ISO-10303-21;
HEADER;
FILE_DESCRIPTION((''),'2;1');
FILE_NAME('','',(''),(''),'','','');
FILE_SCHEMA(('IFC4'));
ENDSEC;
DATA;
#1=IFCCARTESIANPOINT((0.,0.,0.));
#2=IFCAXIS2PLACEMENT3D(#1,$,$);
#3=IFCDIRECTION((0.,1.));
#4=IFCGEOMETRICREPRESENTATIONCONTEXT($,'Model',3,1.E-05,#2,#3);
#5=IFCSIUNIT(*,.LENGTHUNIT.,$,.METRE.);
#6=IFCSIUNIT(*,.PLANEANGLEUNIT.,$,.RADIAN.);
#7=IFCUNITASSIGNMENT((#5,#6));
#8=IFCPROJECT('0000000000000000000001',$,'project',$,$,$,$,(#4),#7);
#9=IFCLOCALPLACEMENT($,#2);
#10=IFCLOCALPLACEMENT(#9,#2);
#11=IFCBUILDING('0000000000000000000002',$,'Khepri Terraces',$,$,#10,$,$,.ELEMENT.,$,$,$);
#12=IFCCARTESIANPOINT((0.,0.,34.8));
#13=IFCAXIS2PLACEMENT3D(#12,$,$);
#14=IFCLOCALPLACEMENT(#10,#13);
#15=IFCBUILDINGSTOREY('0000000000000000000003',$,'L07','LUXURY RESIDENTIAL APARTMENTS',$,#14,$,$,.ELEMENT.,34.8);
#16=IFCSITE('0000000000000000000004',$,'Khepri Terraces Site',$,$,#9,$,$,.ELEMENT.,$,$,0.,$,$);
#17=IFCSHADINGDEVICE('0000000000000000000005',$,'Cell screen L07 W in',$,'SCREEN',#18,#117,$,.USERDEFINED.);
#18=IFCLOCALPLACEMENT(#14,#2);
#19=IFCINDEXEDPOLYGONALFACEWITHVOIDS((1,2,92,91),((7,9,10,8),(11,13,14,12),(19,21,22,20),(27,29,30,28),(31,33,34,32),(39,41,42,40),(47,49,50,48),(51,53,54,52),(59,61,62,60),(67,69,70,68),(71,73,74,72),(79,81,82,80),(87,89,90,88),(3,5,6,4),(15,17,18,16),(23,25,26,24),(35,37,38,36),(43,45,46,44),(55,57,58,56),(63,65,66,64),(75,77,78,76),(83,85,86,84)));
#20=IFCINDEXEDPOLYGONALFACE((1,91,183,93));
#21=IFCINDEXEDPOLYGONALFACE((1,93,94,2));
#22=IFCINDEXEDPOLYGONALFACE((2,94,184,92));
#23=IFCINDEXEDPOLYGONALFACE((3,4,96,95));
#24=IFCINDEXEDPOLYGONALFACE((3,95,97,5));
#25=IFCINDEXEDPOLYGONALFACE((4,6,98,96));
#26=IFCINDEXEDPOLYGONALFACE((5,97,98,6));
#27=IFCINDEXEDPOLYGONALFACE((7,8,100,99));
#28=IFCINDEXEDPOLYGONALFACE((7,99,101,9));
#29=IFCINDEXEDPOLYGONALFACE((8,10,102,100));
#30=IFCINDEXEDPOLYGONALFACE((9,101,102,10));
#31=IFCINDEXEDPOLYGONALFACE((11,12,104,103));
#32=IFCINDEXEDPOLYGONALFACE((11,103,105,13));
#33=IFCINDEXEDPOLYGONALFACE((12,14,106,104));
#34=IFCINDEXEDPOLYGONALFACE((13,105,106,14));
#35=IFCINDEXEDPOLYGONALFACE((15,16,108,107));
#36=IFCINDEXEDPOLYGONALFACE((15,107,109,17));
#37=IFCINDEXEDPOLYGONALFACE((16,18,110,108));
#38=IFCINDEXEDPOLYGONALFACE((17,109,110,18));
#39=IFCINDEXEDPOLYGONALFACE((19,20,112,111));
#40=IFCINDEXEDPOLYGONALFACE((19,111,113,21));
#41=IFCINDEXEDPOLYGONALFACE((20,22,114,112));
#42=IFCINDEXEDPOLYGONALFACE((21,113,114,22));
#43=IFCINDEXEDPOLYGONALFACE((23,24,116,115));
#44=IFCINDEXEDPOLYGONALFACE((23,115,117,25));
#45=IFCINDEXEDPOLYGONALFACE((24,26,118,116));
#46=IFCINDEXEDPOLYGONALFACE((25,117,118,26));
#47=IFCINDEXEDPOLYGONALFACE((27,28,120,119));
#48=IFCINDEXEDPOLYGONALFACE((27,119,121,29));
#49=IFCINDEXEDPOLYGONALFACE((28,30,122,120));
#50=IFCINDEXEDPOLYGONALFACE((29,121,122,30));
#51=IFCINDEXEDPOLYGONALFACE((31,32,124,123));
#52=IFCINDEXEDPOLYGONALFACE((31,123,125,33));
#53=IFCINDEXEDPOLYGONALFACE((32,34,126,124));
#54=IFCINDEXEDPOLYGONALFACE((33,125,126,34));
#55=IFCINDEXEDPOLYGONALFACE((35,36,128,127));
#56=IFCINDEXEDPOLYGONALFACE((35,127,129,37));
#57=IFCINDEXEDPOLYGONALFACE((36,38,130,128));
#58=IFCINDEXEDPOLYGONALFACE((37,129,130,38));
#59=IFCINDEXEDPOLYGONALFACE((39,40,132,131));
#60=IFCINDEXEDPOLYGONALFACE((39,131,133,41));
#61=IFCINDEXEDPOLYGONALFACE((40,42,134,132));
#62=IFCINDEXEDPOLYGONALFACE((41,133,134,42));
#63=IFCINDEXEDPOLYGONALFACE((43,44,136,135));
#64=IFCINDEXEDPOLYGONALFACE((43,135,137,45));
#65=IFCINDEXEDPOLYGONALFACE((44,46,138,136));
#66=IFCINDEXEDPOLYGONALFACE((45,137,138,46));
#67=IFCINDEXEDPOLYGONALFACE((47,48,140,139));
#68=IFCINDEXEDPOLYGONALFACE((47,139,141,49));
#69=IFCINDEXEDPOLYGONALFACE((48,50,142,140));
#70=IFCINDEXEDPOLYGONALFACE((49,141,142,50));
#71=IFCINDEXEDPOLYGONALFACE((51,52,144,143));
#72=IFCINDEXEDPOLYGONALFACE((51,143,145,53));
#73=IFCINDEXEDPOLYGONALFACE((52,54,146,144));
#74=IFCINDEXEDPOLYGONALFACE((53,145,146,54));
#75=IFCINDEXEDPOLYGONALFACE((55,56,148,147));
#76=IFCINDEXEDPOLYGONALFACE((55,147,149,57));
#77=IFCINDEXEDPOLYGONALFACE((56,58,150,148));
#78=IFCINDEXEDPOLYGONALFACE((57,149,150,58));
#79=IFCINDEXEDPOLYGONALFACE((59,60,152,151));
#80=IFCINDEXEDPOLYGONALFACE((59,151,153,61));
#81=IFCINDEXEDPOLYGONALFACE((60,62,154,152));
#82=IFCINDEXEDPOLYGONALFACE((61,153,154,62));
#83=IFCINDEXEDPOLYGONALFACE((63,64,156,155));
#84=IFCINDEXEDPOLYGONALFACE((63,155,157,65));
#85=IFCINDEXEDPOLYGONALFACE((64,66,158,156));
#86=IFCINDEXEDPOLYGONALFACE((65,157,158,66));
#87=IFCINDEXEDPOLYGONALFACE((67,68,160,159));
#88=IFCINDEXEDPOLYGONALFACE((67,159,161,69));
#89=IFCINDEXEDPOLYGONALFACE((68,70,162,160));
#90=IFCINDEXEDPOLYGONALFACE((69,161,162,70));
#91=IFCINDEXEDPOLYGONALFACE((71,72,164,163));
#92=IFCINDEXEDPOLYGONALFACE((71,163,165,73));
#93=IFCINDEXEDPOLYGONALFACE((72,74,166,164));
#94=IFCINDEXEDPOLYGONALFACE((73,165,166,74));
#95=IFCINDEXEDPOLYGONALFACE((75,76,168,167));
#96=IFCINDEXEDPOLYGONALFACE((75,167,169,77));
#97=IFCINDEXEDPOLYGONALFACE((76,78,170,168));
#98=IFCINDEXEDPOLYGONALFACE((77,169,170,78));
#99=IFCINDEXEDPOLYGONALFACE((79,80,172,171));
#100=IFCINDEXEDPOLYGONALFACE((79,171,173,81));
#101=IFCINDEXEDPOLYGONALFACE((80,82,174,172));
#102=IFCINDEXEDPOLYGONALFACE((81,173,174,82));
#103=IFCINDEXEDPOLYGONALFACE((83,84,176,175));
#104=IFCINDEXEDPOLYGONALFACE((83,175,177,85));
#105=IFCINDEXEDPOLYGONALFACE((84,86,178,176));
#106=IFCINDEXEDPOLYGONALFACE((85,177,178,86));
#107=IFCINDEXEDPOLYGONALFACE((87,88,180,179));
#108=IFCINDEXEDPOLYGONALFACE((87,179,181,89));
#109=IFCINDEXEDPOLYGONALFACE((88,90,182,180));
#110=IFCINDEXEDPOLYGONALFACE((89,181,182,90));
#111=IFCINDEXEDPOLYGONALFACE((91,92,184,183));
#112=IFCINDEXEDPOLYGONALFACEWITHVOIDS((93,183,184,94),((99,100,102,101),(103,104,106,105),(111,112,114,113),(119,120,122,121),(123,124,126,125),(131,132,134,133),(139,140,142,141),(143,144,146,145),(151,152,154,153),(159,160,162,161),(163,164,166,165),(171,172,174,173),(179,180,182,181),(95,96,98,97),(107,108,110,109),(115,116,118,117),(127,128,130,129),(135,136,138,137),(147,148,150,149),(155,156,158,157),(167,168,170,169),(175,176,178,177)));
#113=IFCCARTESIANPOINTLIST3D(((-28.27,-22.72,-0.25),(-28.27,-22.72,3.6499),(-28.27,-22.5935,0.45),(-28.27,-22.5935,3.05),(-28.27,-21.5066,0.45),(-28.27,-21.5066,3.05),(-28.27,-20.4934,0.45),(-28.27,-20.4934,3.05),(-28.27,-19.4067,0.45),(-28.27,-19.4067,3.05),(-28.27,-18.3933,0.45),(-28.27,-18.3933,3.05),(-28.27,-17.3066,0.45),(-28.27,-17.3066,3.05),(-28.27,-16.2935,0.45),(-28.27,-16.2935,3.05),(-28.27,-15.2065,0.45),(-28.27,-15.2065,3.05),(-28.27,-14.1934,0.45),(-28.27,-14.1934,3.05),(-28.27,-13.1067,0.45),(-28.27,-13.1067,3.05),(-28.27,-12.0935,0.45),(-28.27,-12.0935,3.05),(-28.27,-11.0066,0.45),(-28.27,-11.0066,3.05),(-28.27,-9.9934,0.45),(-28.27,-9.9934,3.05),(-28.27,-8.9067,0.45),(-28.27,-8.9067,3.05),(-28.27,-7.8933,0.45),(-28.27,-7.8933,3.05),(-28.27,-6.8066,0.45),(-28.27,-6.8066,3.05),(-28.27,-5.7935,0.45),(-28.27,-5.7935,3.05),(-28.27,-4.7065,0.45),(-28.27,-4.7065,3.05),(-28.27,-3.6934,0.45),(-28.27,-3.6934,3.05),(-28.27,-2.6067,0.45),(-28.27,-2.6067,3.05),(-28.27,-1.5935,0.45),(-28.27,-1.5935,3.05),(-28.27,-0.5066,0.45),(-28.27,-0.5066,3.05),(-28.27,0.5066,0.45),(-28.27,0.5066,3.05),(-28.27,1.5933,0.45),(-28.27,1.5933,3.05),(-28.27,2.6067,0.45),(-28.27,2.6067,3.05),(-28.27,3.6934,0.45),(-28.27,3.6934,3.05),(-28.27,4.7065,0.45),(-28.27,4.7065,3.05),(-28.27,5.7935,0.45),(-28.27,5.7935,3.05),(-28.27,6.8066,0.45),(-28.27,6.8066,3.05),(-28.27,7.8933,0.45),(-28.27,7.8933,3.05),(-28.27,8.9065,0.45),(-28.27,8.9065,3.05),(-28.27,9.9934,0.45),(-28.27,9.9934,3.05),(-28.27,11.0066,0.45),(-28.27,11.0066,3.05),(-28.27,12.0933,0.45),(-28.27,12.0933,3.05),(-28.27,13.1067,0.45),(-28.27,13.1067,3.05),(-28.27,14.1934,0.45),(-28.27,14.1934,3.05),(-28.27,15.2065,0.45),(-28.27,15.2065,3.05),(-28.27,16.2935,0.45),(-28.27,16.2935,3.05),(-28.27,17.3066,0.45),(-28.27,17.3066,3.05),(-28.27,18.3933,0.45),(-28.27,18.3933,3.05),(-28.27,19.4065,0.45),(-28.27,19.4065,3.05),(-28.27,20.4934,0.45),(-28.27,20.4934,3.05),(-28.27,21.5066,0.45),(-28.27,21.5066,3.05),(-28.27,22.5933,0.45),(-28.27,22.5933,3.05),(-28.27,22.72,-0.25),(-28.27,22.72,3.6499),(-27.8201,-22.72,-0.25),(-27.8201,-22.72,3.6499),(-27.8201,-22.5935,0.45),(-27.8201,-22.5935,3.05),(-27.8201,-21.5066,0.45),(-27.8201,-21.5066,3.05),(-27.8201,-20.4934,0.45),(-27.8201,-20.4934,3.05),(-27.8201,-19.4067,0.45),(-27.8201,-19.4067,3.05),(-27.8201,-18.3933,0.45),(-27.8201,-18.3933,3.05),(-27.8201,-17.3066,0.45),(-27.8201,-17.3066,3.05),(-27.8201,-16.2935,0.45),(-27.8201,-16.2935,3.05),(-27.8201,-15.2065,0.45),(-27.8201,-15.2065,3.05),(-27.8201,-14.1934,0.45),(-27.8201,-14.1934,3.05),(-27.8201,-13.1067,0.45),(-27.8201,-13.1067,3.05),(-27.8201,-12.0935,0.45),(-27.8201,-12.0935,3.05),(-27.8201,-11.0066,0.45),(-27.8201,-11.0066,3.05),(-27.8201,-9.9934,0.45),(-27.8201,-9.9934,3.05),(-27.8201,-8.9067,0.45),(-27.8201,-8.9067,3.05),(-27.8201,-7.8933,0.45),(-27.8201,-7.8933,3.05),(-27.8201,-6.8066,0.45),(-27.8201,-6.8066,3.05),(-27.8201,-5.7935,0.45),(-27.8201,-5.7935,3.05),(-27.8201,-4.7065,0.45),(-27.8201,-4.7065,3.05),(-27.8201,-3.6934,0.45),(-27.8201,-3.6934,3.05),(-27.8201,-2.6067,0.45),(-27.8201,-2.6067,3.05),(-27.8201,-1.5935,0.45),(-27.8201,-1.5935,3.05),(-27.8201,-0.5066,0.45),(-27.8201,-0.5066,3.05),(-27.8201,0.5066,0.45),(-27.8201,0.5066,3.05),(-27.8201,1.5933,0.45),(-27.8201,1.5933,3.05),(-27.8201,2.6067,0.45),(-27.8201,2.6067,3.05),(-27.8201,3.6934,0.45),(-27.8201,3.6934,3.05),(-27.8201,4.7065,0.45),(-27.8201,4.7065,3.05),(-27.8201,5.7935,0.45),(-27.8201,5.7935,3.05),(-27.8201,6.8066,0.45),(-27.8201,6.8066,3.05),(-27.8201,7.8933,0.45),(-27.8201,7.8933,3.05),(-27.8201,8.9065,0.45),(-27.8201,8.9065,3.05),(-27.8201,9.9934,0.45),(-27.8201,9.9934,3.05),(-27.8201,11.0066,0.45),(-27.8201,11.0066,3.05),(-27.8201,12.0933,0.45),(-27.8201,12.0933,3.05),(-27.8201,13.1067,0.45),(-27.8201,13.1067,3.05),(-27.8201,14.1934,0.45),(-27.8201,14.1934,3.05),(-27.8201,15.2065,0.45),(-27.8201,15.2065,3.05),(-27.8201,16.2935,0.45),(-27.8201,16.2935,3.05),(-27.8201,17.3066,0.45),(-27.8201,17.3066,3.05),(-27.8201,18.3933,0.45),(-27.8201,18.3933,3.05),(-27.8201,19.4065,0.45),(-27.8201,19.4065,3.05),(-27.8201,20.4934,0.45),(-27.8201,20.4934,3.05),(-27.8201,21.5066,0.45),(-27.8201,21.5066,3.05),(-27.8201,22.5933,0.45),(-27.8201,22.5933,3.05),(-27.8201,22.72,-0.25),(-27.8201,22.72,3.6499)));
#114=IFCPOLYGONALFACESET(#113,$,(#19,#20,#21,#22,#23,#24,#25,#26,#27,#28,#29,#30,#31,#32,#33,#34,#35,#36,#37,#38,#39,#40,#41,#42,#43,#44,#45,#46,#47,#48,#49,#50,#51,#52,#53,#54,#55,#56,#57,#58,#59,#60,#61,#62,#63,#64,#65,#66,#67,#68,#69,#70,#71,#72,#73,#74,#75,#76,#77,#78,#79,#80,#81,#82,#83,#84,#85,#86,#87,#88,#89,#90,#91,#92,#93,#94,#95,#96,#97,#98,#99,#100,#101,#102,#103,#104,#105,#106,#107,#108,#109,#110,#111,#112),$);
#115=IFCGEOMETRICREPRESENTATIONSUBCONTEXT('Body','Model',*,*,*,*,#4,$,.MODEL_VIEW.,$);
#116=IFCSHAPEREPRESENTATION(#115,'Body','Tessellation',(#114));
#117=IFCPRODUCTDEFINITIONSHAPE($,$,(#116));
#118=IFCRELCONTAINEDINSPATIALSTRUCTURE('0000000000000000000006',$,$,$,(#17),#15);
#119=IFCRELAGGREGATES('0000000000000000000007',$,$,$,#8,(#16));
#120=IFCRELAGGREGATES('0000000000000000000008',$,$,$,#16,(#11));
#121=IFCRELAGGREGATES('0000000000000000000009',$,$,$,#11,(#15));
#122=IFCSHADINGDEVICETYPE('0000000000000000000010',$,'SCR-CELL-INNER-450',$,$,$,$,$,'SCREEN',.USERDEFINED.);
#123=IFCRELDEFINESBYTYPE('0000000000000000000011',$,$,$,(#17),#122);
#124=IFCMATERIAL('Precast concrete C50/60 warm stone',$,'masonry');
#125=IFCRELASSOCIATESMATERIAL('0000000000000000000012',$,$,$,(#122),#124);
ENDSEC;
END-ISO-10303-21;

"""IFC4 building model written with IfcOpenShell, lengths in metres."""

from ifc_helpers import new_model, si_unit, direction, frame, origin, place, context, subcontext, project, spatial, polyline, outline, extrude, material, type_object, element, save


model = new_model("IFC4")

# Units and contexts
model_context = context("Model", 3, precision=1e-05, world=origin(), true_north=direction((0.0, 1.0)))
body_context = subcontext(model_context, "Body", "Model", "MODEL_VIEW")
ifc_project = project(units=[si_unit("LENGTHUNIT", "METRE"), si_unit("PLANEANGLEUNIT", "RADIAN")], contexts=[model_context])

# Site, building, storey
site_placement = place(None, origin())
site = spatial("IfcSite", under=ifc_project, at=site_placement, Name="Khepri Terraces Site", CompositionType="ELEMENT", RefElevation=0.0)
building_placement = place(site_placement, origin())
building = spatial("IfcBuilding", under=site, at=building_placement, Name="Khepri Terraces", CompositionType="ELEMENT")
storey_placement = place(building_placement, frame((0.0, 0.0, 34.8)))
storey = spatial("IfcBuildingStorey", under=building, at=storey_placement, Name="L07", Description="LUXURY RESIDENTIAL APARTMENTS", CompositionType="ELEMENT", Elevation=34.8)

# Shared definitions
ifc_material_1 = material(Name="Precast concrete C50/60 warm stone", Category="masonry")

# Shading device
shading_device_type_1 = type_object("IfcShadingDeviceType", Name="SCR-CELL-INNER-450", ElementType="SCREEN", PredefinedType="USERDEFINED", material=ifc_material_1)
shading_device_1_placement = place(storey_placement, frame((-27.8201, 22.72, -0.25), z_axis=(-1.0, 0.0, 0.0), x_axis=(0.0, -1.0, 0.0)))
element("IfcShadingDevice", 1, at=shading_device_1_placement, inside=storey, type_object=shading_device_type_1, Name="Cell screen L07 W in", ObjectType="SCREEN", PredefinedType="USERDEFINED", context=body_context, shape_type="SweptSolid", body=[
    extrude(outline(polyline([(0.0, 0.0), (45.4399, 0.0), (45.4399, 3.8999), (0.0, 3.8999), (0.0, 0.0)]), holes=[polyline([(0.1267, 0.7), (1.2134, 0.7), (1.2134, 3.3), (0.1267, 3.3), (0.1267, 0.7)]), polyline([(2.2266, 0.7), (3.3135, 0.7), (3.3135, 3.3), (2.2266, 3.3), (2.2266, 0.7)]), polyline([(4.3267, 0.7), (5.4133, 0.7), (5.4133, 3.3), (4.3267, 3.3), (4.3267, 0.7)]), polyline([(6.4265, 0.7), (7.5134, 0.7), (7.5134, 3.3), (6.4265, 3.3), (6.4265, 0.7)]), polyline([(8.5266, 0.7), (9.6133, 0.7), (9.6133, 3.3), (8.5266, 3.3), (8.5266, 0.7)]), polyline([(10.6267, 0.7), (11.7134, 0.7), (11.7134, 3.3), (10.6267, 3.3), (10.6267, 0.7)]), polyline([(12.7266, 0.7), (13.8135, 0.7), (13.8135, 3.3), (12.7266, 3.3), (12.7266, 0.7)]), polyline([(14.8267, 0.7), (15.9133, 0.7), (15.9133, 3.3), (14.8267, 3.3), (14.8267, 0.7)]), polyline([(16.9265, 0.7), (18.0134, 0.7), (18.0134, 3.3), (16.9265, 3.3), (16.9265, 0.7)]), polyline([(19.0266, 0.7), (20.1133, 0.7), (20.1133, 3.3), (19.0266, 3.3), (19.0266, 0.7)]), polyline([(21.1267, 0.7), (22.2134, 0.7), (22.2134, 3.3), (21.1267, 3.3), (21.1267, 0.7)]), polyline([(23.2266, 0.7), (24.3135, 0.7), (24.3135, 3.3), (23.2266, 3.3), (23.2266, 0.7)]), polyline([(25.3267, 0.7), (26.4133, 0.7), (26.4133, 3.3), (25.3267, 3.3), (25.3267, 0.7)]), polyline([(27.4265, 0.7), (28.5134, 0.7), (28.5134, 3.3), (27.4265, 3.3), (27.4265, 0.7)]), polyline([(29.5266, 0.7), (30.6133, 0.7), (30.6133, 3.3), (29.5266, 3.3), (29.5266, 0.7)]), polyline([(31.6267, 0.7), (32.7134, 0.7), (32.7134, 3.3), (31.6267, 3.3), (31.6267, 0.7)]), polyline([(33.7266, 0.7), (34.8135, 0.7), (34.8135, 3.3), (33.7266, 3.3), (33.7266, 0.7)]), polyline([(35.8267, 0.7), (36.9133, 0.7), (36.9133, 3.3), (35.8267, 3.3), (35.8267, 0.7)]), polyline([(37.9265, 0.7), (39.0134, 0.7), (39.0134, 3.3), (37.9265, 3.3), (37.9265, 0.7)]), polyline([(40.0266, 0.7), (41.1133, 0.7), (41.1133, 3.3), (40.0266, 3.3), (40.0266, 0.7)]), polyline([(42.1267, 0.7), (43.2134, 0.7), (43.2134, 3.3), (42.1267, 3.3), (42.1267, 0.7)]), polyline([(44.2266, 0.7), (45.3135, 0.7), (45.3135, 3.3), (44.2266, 3.3), (44.2266, 0.7)])]), origin(), (0.0, 0.0, 1.0), 0.45),
])

save(model, "model.ifc")
